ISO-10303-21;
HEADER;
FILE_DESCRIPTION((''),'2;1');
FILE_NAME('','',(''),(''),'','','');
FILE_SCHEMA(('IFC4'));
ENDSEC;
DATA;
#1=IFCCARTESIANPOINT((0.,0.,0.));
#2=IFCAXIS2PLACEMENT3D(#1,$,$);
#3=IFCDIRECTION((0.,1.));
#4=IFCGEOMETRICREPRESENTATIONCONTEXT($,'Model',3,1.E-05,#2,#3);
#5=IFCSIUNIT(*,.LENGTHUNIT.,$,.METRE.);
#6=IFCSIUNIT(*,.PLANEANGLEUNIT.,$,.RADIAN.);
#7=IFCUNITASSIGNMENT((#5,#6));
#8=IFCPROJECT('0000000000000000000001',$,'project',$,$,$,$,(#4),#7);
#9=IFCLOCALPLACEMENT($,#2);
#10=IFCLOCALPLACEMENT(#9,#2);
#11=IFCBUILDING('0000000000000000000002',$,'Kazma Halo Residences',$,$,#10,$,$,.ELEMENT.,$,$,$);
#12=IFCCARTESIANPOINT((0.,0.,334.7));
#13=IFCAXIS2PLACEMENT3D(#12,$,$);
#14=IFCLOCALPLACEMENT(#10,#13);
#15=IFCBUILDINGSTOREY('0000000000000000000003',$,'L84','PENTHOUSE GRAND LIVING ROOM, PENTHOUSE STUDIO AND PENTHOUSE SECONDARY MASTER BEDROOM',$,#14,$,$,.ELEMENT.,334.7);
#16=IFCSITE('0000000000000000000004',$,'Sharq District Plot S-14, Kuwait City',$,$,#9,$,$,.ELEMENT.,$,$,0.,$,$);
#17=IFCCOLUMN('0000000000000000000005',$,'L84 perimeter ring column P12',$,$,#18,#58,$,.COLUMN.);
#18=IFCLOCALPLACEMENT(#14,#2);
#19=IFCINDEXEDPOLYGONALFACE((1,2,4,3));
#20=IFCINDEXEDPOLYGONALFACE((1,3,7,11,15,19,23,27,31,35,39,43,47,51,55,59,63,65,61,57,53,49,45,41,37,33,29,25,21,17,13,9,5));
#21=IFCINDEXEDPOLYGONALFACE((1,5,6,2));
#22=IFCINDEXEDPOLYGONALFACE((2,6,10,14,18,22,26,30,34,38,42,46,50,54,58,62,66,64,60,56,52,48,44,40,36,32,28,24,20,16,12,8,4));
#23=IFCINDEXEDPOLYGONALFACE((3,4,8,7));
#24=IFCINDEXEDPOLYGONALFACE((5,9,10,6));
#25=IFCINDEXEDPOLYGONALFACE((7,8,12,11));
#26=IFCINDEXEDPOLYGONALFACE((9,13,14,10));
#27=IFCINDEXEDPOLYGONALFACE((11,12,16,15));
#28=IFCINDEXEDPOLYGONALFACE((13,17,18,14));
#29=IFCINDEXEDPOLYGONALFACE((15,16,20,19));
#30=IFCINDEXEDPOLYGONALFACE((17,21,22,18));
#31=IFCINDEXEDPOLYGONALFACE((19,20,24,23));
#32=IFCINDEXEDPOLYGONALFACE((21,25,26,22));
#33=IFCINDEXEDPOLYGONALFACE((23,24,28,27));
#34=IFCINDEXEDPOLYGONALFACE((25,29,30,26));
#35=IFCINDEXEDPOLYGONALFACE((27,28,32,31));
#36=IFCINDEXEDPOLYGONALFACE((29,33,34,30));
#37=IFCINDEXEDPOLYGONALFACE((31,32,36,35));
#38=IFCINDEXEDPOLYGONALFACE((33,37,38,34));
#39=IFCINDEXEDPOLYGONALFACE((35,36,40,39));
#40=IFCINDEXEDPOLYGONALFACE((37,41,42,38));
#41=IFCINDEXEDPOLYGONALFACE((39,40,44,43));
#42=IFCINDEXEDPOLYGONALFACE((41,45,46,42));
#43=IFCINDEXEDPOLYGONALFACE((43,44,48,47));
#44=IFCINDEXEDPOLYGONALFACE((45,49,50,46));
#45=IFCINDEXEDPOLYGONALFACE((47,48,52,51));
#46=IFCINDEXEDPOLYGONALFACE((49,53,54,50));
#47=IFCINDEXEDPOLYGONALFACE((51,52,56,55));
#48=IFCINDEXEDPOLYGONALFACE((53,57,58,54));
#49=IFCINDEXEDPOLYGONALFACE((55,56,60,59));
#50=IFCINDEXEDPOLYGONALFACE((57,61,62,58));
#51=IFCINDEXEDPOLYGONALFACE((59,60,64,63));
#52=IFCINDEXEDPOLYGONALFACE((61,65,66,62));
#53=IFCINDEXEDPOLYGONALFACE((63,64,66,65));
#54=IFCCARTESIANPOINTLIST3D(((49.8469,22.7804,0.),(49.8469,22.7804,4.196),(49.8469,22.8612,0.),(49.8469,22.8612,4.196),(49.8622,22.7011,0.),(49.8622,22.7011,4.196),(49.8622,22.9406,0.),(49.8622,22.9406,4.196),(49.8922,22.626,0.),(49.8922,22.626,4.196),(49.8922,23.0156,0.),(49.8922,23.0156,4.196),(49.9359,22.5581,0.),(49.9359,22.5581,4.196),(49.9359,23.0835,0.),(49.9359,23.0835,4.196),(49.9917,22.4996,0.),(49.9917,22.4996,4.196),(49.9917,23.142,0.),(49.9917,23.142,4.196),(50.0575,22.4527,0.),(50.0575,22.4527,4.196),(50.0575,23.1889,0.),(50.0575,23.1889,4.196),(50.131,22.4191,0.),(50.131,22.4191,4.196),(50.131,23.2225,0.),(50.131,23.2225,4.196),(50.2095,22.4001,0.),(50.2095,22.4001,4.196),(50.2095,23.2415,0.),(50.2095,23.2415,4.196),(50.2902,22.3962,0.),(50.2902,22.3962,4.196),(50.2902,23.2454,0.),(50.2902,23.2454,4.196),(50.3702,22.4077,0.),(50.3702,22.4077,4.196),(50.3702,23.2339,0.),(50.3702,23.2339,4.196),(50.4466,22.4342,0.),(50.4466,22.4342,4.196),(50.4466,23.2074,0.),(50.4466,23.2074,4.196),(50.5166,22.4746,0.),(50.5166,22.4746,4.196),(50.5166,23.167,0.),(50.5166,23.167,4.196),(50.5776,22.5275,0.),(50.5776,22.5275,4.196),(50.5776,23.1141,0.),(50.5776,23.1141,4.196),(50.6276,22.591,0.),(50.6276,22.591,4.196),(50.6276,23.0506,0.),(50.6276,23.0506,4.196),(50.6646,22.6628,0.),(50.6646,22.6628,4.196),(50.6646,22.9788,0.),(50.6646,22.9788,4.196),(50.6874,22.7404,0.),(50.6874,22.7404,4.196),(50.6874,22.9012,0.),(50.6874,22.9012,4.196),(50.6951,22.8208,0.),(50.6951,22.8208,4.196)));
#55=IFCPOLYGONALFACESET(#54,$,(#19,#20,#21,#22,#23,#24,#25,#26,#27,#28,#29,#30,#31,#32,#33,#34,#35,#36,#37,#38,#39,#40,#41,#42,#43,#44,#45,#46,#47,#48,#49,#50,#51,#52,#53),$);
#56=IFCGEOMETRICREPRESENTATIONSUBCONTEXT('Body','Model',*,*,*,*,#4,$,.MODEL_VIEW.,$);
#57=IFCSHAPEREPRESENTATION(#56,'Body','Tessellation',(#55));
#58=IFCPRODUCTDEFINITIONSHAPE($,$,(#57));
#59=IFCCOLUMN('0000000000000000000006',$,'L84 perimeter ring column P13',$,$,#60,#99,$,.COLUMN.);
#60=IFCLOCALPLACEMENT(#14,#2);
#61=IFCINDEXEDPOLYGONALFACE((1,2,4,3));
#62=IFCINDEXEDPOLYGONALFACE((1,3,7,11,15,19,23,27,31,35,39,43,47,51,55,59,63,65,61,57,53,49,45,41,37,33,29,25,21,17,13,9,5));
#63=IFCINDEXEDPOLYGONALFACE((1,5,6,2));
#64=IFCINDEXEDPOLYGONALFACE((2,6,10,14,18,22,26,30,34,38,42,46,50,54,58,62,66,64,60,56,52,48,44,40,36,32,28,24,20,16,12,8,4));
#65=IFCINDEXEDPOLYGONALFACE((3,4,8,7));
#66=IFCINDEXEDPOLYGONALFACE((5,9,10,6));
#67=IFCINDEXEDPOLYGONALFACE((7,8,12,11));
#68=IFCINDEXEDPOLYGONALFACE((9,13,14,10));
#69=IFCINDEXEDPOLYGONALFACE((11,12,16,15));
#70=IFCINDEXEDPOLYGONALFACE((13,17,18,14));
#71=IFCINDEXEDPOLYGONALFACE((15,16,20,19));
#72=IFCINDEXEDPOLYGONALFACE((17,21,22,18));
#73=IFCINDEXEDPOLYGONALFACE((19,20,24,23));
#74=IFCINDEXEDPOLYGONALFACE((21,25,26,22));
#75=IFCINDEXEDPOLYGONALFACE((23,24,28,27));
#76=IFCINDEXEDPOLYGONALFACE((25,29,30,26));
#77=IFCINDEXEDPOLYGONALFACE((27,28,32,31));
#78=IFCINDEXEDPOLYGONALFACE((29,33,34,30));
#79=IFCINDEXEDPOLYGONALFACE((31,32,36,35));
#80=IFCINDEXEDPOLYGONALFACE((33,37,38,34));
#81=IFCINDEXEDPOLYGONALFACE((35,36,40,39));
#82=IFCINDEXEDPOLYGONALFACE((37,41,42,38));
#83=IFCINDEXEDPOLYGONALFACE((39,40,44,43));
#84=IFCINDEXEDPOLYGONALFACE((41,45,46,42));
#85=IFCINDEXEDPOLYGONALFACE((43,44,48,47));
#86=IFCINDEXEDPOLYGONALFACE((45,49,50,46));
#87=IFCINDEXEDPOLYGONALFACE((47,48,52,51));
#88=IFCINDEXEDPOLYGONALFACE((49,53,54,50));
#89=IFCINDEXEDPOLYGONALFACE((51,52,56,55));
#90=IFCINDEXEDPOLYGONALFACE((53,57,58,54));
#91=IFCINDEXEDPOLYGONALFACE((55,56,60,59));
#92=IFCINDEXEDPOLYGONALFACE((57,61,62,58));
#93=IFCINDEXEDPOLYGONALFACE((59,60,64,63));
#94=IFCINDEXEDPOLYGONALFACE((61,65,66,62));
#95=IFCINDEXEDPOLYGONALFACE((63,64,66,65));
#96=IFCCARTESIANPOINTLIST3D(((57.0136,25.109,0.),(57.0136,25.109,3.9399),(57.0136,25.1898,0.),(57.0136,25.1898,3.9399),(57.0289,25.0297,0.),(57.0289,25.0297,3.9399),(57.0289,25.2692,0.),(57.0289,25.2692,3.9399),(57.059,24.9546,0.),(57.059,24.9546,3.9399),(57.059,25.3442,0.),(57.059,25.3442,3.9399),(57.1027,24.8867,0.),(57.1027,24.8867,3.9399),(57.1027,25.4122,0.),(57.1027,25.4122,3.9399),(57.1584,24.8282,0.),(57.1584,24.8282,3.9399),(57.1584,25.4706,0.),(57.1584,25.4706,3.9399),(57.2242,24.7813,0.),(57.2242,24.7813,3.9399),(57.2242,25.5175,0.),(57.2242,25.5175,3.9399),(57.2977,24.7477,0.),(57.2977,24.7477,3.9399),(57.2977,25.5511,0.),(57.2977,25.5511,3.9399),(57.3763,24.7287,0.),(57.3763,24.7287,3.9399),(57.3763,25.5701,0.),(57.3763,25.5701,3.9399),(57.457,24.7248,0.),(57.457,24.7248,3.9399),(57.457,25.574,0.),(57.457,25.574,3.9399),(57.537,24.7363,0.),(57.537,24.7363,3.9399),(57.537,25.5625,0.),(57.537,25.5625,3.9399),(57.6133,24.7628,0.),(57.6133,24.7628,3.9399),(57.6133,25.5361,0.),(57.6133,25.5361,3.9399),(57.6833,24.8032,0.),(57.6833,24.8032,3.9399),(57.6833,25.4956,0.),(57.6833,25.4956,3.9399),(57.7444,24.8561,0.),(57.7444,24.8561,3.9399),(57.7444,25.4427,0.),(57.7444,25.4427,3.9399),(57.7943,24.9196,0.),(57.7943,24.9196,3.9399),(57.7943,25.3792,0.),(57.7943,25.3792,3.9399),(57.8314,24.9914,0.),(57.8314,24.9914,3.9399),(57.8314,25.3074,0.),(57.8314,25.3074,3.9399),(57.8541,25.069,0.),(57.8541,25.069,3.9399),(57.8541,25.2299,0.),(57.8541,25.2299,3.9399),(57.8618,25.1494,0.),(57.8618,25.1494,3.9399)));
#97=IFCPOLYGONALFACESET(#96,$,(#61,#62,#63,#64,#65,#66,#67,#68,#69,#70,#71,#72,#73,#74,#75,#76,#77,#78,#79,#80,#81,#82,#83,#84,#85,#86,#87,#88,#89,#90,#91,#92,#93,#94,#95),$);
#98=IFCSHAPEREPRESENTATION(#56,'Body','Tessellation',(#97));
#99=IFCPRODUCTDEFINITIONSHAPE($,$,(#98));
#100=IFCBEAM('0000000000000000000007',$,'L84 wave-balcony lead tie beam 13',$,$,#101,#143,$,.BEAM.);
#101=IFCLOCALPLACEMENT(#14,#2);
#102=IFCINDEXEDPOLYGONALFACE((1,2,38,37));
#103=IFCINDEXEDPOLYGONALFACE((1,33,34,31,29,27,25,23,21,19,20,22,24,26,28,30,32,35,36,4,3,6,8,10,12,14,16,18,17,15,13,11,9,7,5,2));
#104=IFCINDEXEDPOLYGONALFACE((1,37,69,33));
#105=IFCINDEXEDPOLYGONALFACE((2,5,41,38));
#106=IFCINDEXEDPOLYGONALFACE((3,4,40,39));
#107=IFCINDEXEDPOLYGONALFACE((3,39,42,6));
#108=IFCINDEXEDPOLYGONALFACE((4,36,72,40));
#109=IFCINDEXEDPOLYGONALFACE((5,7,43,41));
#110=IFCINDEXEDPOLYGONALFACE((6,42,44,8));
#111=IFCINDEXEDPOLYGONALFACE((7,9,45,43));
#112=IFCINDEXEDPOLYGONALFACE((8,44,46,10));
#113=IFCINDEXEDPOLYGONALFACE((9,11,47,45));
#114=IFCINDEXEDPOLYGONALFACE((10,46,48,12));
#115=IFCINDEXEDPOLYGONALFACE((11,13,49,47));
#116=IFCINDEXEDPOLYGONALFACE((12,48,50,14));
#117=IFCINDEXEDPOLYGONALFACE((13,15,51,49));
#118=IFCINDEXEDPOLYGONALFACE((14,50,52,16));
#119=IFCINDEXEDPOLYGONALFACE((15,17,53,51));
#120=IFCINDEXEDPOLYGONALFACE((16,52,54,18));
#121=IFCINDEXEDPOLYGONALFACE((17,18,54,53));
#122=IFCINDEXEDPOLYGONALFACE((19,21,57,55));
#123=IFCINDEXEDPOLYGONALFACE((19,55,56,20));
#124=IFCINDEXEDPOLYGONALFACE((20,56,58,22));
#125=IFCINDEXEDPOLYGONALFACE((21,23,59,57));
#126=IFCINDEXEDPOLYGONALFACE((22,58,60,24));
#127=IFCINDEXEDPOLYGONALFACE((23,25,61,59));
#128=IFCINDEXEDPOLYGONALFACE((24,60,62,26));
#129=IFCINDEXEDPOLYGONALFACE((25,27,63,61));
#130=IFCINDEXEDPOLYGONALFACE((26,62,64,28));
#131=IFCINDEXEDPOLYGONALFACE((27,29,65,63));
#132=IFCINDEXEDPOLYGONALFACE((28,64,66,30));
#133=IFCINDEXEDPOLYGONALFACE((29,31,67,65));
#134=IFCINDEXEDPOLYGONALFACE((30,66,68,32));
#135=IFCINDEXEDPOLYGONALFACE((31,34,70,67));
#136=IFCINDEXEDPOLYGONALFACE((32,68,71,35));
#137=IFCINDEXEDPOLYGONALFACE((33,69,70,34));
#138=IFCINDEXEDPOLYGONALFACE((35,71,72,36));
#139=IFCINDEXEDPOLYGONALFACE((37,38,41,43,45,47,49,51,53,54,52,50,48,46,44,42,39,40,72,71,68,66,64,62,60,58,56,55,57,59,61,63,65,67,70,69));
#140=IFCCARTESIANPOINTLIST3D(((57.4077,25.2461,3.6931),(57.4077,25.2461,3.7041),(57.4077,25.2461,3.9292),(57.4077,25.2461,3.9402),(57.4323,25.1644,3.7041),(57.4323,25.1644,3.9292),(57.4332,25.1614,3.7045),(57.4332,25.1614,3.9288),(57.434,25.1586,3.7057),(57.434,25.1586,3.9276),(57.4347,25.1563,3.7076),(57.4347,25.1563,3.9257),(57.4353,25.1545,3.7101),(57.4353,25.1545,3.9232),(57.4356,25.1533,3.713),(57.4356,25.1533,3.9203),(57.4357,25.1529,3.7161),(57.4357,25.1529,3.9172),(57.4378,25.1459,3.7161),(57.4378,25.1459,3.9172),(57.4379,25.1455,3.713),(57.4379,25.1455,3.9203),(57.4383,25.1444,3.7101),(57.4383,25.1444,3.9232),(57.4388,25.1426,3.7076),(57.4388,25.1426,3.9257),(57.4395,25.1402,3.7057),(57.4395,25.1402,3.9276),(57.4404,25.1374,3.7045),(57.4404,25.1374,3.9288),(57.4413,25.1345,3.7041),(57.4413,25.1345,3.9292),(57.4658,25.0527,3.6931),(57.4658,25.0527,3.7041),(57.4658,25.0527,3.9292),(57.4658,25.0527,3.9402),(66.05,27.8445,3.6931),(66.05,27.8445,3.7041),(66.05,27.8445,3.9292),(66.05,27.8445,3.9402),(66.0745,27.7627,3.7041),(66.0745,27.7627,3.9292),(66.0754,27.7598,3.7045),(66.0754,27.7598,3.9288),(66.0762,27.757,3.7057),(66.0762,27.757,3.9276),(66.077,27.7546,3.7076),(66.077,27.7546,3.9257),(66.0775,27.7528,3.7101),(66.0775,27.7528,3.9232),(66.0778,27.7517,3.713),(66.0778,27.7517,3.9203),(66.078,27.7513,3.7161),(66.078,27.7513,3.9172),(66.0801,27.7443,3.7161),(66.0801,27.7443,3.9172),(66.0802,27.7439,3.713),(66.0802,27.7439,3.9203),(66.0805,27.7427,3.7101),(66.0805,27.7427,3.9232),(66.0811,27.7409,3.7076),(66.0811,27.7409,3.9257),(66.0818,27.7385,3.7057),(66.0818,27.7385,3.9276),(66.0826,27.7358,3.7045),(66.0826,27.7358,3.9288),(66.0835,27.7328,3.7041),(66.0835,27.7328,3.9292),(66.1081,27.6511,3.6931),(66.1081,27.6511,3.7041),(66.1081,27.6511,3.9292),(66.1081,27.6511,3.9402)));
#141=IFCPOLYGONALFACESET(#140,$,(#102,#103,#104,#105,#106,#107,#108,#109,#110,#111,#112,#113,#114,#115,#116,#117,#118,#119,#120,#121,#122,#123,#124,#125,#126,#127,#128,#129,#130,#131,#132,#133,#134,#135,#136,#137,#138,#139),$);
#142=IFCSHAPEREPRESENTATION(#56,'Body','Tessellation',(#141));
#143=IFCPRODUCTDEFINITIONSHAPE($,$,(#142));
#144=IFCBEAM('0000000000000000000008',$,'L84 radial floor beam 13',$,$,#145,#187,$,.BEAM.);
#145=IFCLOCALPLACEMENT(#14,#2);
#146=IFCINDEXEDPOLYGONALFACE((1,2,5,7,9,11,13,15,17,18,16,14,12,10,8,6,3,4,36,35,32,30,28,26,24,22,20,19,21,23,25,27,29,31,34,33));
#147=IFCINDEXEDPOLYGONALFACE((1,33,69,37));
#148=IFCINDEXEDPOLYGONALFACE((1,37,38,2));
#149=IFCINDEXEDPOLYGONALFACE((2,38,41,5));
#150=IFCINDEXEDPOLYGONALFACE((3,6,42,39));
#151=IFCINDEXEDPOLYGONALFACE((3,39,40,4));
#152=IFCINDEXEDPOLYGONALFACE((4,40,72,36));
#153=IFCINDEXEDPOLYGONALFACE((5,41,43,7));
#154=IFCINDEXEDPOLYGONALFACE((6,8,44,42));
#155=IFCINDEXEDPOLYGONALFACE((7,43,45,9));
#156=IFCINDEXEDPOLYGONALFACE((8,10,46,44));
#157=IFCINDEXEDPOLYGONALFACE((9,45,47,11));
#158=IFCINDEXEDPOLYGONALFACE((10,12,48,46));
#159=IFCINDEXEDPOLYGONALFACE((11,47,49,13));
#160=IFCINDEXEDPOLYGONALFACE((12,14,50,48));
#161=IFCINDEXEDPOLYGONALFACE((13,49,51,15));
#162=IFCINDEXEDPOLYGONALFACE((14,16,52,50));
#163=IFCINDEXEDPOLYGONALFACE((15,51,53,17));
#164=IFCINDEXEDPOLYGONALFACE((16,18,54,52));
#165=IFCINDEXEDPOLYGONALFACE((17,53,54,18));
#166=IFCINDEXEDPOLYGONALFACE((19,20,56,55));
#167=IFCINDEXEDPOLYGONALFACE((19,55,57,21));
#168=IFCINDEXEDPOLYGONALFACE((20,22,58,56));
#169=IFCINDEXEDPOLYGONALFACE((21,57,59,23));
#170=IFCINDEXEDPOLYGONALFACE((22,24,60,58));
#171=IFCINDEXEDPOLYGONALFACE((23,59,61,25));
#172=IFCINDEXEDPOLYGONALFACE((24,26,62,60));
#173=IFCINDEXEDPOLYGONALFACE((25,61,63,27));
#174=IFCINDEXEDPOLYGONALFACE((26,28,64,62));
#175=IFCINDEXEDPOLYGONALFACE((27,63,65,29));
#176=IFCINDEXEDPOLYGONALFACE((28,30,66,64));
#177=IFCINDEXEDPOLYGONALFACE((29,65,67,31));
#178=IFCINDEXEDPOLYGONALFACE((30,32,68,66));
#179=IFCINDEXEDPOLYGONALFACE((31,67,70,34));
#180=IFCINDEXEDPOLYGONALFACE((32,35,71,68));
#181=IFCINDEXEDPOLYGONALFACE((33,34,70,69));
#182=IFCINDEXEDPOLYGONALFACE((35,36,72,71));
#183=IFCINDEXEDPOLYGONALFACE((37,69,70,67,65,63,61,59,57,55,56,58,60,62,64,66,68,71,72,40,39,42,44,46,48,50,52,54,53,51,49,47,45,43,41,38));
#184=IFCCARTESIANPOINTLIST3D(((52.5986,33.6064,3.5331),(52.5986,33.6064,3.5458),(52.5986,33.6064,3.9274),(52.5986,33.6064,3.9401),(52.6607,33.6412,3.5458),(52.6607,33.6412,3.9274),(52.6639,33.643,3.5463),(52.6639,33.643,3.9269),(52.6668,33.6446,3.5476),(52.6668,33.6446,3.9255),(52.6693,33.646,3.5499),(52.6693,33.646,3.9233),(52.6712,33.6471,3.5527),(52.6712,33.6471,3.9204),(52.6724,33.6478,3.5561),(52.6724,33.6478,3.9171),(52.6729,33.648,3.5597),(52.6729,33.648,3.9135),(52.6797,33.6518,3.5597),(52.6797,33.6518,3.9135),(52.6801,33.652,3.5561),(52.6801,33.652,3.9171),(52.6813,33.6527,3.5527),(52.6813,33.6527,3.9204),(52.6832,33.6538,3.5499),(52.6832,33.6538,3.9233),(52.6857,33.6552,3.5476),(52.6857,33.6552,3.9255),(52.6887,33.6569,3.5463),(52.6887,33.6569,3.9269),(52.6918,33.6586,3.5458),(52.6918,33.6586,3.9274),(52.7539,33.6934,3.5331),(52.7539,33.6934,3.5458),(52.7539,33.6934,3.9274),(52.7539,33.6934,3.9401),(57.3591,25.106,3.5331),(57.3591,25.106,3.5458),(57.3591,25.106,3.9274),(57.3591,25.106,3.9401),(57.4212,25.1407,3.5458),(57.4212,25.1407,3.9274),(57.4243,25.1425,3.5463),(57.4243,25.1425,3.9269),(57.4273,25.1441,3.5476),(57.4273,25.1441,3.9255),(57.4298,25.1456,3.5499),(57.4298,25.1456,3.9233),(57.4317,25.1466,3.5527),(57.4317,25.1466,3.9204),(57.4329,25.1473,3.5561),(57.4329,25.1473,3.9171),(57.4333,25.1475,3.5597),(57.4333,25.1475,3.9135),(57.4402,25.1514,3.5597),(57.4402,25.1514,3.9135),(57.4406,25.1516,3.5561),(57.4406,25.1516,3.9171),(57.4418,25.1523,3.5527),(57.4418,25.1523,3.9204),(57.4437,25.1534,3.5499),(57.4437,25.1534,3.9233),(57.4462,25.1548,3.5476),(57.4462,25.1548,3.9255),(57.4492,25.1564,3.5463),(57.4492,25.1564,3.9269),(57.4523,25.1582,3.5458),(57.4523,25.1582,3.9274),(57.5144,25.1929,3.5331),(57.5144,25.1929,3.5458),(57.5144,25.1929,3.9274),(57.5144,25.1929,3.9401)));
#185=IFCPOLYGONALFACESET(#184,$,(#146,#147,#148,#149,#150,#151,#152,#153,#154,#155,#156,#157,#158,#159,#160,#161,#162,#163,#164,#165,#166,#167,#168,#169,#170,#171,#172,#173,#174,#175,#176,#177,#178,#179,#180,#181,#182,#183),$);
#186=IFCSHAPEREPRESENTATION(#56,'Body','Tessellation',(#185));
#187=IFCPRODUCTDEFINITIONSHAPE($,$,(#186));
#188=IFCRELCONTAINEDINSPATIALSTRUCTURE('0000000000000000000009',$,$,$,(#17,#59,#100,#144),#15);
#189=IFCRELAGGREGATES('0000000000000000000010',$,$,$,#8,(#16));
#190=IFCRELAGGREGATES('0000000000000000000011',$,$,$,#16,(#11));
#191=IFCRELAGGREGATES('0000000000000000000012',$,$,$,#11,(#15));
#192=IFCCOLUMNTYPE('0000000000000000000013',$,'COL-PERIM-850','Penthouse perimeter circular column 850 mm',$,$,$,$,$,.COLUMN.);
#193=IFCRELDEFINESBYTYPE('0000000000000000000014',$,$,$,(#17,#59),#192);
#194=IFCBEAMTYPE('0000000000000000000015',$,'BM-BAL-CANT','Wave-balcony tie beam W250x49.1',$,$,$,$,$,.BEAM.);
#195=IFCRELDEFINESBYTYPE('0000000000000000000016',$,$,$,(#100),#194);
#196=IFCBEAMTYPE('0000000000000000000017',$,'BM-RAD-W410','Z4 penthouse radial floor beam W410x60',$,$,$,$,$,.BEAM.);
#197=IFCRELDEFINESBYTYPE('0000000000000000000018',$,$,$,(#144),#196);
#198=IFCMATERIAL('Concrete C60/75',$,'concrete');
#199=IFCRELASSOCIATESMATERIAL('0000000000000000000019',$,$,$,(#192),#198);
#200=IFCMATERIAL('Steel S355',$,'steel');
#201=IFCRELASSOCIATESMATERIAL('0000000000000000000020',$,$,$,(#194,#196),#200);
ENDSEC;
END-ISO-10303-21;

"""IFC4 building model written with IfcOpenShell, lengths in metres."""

from ifc_helpers import new_model, si_unit, direction, frame, origin, origin_2d, place, context, subcontext, project, spatial, circle, i_section, extrude, material, material_profile, profile_set, type_object, element, save


model = new_model("IFC4")

# Units and contexts
model_context = context("Model", 3, precision=1e-05, world=origin(), true_north=direction((0.0, 1.0)))
body_context = subcontext(model_context, "Body", "Model", "MODEL_VIEW")
ifc_project = project(units=[si_unit("LENGTHUNIT", "METRE"), si_unit("PLANEANGLEUNIT", "RADIAN")], contexts=[model_context])

# Site, building, storey
site_placement = place(None, origin())
site = spatial("IfcSite", under=ifc_project, at=site_placement, Name="Sharq District Plot S-14, Kuwait City", CompositionType="ELEMENT", RefElevation=0.0)
building_placement = place(site_placement, origin())
building = spatial("IfcBuilding", under=site, at=building_placement, Name="Kazma Halo Residences", CompositionType="ELEMENT")
storey_placement = place(building_placement, frame((0.0, 0.0, 334.7)))
storey = spatial("IfcBuildingStorey", under=building, at=storey_placement, Name="L84", Description="PENTHOUSE GRAND LIVING ROOM, PENTHOUSE STUDIO AND PENTHOUSE SECONDARY MASTER BEDROOM", CompositionType="ELEMENT", Elevation=334.7)

# Columns
ifc_material_1 = material(Name="Concrete C60/75", Category="concrete")
ifc_material_profile_1 = material_profile(ifc_material_1, circle(Radius=0.425, at=origin_2d()), Name="CIRC850")
ifc_profile_set_1 = profile_set([ifc_material_profile_1], Name="Concrete C60/75")
column_type = type_object("IfcColumnType", Name="COL-PERIM-850", Description="Penthouse perimeter circular column 850 mm", PredefinedType="COLUMN", material=ifc_profile_set_1)
column_1_placement = place(storey_placement, frame((50.27, 22.8208, 0.0), z_axis=(0.0, 0.0, 1.0), x_axis=(1.0, 0.0, 0.0)))
element("IfcColumn", 1, at=column_1_placement, inside=storey, type_object=column_type, Name="L84 perimeter ring column P12", PredefinedType="COLUMN", context=body_context, shape_type="SweptSolid", body=[
    extrude(circle(Radius=0.425, at=origin_2d()), origin(), (0.0, 0.0, 1.0), 4.196),
])
column_2_placement = place(storey_placement, frame((57.4368, 25.1494, 0.0), z_axis=(0.0, 0.0, 1.0), x_axis=(1.0, 0.0, 0.0)))
element("IfcColumn", 2, at=column_2_placement, inside=storey, type_object=column_type, Name="L84 perimeter ring column P13", PredefinedType="COLUMN", context=body_context, shape_type="SweptSolid", body=[
    extrude(circle(Radius=0.425, at=origin_2d()), origin(), (0.0, 0.0, 1.0), 3.9399),
])

# Beams
ifc_material_2 = material(Name="Steel S355", Category="steel")
ifc_material_profile_2 = material_profile(ifc_material_2, i_section(OverallWidth=0.2019, OverallDepth=0.2471, WebThickness=0.0073, FlangeThickness=0.011, FilletRadius=0.012, at=origin_2d()), Name="W250x49.1")
ifc_profile_set_2 = profile_set([ifc_material_profile_2], Name="Steel S355")
beam_type_1 = type_object("IfcBeamType", Name="BM-BAL-CANT", Description="Wave-balcony tie beam W250x49.1", PredefinedType="BEAM", material=ifc_profile_set_2)
beam_1_placement = place(storey_placement, frame((57.4368, 25.1494, 3.8167), z_axis=(0.957653, 0.287926, 0.0), x_axis=(-0.287926, 0.957653, 0.0)))
element("IfcBeam", 3, at=beam_1_placement, inside=storey, type_object=beam_type_1, Name="L84 wave-balcony lead tie beam 13", PredefinedType="BEAM", context=body_context, shape_type="SweptSolid", body=[
    extrude(i_section(OverallWidth=0.2019, OverallDepth=0.2471, WebThickness=0.0073, FlangeThickness=0.011, FilletRadius=0.012, at=origin_2d()), origin(), (0.0, 0.0, 1.0), 9.0244),
])
ifc_material_profile_3 = material_profile(ifc_material_2, i_section(OverallWidth=0.178, OverallDepth=0.407, WebThickness=0.0078, FlangeThickness=0.0127, FilletRadius=0.0139, at=origin_2d()), Name="W410x60")
ifc_profile_set_3 = profile_set([ifc_material_profile_3], Name="Steel S355")
beam_type_2 = type_object("IfcBeamType", Name="BM-RAD-W410", Description="Z4 penthouse radial floor beam W410x60", PredefinedType="BEAM", material=ifc_profile_set_3)
beam_2_placement = place(storey_placement, frame((52.6763, 33.6499, 3.7366), z_axis=(0.488621, -0.872496, 0.0), x_axis=(0.872496, 0.488621, 0.0)))
element("IfcBeam", 4, at=beam_2_placement, inside=storey, type_object=beam_type_2, Name="L84 radial floor beam 13", PredefinedType="BEAM", context=body_context, shape_type="SweptSolid", body=[
    extrude(i_section(OverallWidth=0.178, OverallDepth=0.407, WebThickness=0.0078, FlangeThickness=0.0127, FilletRadius=0.0139, at=origin_2d()), origin(), (0.0, 0.0, 1.0), 9.7427),
])

save(model, "model.ifc")
